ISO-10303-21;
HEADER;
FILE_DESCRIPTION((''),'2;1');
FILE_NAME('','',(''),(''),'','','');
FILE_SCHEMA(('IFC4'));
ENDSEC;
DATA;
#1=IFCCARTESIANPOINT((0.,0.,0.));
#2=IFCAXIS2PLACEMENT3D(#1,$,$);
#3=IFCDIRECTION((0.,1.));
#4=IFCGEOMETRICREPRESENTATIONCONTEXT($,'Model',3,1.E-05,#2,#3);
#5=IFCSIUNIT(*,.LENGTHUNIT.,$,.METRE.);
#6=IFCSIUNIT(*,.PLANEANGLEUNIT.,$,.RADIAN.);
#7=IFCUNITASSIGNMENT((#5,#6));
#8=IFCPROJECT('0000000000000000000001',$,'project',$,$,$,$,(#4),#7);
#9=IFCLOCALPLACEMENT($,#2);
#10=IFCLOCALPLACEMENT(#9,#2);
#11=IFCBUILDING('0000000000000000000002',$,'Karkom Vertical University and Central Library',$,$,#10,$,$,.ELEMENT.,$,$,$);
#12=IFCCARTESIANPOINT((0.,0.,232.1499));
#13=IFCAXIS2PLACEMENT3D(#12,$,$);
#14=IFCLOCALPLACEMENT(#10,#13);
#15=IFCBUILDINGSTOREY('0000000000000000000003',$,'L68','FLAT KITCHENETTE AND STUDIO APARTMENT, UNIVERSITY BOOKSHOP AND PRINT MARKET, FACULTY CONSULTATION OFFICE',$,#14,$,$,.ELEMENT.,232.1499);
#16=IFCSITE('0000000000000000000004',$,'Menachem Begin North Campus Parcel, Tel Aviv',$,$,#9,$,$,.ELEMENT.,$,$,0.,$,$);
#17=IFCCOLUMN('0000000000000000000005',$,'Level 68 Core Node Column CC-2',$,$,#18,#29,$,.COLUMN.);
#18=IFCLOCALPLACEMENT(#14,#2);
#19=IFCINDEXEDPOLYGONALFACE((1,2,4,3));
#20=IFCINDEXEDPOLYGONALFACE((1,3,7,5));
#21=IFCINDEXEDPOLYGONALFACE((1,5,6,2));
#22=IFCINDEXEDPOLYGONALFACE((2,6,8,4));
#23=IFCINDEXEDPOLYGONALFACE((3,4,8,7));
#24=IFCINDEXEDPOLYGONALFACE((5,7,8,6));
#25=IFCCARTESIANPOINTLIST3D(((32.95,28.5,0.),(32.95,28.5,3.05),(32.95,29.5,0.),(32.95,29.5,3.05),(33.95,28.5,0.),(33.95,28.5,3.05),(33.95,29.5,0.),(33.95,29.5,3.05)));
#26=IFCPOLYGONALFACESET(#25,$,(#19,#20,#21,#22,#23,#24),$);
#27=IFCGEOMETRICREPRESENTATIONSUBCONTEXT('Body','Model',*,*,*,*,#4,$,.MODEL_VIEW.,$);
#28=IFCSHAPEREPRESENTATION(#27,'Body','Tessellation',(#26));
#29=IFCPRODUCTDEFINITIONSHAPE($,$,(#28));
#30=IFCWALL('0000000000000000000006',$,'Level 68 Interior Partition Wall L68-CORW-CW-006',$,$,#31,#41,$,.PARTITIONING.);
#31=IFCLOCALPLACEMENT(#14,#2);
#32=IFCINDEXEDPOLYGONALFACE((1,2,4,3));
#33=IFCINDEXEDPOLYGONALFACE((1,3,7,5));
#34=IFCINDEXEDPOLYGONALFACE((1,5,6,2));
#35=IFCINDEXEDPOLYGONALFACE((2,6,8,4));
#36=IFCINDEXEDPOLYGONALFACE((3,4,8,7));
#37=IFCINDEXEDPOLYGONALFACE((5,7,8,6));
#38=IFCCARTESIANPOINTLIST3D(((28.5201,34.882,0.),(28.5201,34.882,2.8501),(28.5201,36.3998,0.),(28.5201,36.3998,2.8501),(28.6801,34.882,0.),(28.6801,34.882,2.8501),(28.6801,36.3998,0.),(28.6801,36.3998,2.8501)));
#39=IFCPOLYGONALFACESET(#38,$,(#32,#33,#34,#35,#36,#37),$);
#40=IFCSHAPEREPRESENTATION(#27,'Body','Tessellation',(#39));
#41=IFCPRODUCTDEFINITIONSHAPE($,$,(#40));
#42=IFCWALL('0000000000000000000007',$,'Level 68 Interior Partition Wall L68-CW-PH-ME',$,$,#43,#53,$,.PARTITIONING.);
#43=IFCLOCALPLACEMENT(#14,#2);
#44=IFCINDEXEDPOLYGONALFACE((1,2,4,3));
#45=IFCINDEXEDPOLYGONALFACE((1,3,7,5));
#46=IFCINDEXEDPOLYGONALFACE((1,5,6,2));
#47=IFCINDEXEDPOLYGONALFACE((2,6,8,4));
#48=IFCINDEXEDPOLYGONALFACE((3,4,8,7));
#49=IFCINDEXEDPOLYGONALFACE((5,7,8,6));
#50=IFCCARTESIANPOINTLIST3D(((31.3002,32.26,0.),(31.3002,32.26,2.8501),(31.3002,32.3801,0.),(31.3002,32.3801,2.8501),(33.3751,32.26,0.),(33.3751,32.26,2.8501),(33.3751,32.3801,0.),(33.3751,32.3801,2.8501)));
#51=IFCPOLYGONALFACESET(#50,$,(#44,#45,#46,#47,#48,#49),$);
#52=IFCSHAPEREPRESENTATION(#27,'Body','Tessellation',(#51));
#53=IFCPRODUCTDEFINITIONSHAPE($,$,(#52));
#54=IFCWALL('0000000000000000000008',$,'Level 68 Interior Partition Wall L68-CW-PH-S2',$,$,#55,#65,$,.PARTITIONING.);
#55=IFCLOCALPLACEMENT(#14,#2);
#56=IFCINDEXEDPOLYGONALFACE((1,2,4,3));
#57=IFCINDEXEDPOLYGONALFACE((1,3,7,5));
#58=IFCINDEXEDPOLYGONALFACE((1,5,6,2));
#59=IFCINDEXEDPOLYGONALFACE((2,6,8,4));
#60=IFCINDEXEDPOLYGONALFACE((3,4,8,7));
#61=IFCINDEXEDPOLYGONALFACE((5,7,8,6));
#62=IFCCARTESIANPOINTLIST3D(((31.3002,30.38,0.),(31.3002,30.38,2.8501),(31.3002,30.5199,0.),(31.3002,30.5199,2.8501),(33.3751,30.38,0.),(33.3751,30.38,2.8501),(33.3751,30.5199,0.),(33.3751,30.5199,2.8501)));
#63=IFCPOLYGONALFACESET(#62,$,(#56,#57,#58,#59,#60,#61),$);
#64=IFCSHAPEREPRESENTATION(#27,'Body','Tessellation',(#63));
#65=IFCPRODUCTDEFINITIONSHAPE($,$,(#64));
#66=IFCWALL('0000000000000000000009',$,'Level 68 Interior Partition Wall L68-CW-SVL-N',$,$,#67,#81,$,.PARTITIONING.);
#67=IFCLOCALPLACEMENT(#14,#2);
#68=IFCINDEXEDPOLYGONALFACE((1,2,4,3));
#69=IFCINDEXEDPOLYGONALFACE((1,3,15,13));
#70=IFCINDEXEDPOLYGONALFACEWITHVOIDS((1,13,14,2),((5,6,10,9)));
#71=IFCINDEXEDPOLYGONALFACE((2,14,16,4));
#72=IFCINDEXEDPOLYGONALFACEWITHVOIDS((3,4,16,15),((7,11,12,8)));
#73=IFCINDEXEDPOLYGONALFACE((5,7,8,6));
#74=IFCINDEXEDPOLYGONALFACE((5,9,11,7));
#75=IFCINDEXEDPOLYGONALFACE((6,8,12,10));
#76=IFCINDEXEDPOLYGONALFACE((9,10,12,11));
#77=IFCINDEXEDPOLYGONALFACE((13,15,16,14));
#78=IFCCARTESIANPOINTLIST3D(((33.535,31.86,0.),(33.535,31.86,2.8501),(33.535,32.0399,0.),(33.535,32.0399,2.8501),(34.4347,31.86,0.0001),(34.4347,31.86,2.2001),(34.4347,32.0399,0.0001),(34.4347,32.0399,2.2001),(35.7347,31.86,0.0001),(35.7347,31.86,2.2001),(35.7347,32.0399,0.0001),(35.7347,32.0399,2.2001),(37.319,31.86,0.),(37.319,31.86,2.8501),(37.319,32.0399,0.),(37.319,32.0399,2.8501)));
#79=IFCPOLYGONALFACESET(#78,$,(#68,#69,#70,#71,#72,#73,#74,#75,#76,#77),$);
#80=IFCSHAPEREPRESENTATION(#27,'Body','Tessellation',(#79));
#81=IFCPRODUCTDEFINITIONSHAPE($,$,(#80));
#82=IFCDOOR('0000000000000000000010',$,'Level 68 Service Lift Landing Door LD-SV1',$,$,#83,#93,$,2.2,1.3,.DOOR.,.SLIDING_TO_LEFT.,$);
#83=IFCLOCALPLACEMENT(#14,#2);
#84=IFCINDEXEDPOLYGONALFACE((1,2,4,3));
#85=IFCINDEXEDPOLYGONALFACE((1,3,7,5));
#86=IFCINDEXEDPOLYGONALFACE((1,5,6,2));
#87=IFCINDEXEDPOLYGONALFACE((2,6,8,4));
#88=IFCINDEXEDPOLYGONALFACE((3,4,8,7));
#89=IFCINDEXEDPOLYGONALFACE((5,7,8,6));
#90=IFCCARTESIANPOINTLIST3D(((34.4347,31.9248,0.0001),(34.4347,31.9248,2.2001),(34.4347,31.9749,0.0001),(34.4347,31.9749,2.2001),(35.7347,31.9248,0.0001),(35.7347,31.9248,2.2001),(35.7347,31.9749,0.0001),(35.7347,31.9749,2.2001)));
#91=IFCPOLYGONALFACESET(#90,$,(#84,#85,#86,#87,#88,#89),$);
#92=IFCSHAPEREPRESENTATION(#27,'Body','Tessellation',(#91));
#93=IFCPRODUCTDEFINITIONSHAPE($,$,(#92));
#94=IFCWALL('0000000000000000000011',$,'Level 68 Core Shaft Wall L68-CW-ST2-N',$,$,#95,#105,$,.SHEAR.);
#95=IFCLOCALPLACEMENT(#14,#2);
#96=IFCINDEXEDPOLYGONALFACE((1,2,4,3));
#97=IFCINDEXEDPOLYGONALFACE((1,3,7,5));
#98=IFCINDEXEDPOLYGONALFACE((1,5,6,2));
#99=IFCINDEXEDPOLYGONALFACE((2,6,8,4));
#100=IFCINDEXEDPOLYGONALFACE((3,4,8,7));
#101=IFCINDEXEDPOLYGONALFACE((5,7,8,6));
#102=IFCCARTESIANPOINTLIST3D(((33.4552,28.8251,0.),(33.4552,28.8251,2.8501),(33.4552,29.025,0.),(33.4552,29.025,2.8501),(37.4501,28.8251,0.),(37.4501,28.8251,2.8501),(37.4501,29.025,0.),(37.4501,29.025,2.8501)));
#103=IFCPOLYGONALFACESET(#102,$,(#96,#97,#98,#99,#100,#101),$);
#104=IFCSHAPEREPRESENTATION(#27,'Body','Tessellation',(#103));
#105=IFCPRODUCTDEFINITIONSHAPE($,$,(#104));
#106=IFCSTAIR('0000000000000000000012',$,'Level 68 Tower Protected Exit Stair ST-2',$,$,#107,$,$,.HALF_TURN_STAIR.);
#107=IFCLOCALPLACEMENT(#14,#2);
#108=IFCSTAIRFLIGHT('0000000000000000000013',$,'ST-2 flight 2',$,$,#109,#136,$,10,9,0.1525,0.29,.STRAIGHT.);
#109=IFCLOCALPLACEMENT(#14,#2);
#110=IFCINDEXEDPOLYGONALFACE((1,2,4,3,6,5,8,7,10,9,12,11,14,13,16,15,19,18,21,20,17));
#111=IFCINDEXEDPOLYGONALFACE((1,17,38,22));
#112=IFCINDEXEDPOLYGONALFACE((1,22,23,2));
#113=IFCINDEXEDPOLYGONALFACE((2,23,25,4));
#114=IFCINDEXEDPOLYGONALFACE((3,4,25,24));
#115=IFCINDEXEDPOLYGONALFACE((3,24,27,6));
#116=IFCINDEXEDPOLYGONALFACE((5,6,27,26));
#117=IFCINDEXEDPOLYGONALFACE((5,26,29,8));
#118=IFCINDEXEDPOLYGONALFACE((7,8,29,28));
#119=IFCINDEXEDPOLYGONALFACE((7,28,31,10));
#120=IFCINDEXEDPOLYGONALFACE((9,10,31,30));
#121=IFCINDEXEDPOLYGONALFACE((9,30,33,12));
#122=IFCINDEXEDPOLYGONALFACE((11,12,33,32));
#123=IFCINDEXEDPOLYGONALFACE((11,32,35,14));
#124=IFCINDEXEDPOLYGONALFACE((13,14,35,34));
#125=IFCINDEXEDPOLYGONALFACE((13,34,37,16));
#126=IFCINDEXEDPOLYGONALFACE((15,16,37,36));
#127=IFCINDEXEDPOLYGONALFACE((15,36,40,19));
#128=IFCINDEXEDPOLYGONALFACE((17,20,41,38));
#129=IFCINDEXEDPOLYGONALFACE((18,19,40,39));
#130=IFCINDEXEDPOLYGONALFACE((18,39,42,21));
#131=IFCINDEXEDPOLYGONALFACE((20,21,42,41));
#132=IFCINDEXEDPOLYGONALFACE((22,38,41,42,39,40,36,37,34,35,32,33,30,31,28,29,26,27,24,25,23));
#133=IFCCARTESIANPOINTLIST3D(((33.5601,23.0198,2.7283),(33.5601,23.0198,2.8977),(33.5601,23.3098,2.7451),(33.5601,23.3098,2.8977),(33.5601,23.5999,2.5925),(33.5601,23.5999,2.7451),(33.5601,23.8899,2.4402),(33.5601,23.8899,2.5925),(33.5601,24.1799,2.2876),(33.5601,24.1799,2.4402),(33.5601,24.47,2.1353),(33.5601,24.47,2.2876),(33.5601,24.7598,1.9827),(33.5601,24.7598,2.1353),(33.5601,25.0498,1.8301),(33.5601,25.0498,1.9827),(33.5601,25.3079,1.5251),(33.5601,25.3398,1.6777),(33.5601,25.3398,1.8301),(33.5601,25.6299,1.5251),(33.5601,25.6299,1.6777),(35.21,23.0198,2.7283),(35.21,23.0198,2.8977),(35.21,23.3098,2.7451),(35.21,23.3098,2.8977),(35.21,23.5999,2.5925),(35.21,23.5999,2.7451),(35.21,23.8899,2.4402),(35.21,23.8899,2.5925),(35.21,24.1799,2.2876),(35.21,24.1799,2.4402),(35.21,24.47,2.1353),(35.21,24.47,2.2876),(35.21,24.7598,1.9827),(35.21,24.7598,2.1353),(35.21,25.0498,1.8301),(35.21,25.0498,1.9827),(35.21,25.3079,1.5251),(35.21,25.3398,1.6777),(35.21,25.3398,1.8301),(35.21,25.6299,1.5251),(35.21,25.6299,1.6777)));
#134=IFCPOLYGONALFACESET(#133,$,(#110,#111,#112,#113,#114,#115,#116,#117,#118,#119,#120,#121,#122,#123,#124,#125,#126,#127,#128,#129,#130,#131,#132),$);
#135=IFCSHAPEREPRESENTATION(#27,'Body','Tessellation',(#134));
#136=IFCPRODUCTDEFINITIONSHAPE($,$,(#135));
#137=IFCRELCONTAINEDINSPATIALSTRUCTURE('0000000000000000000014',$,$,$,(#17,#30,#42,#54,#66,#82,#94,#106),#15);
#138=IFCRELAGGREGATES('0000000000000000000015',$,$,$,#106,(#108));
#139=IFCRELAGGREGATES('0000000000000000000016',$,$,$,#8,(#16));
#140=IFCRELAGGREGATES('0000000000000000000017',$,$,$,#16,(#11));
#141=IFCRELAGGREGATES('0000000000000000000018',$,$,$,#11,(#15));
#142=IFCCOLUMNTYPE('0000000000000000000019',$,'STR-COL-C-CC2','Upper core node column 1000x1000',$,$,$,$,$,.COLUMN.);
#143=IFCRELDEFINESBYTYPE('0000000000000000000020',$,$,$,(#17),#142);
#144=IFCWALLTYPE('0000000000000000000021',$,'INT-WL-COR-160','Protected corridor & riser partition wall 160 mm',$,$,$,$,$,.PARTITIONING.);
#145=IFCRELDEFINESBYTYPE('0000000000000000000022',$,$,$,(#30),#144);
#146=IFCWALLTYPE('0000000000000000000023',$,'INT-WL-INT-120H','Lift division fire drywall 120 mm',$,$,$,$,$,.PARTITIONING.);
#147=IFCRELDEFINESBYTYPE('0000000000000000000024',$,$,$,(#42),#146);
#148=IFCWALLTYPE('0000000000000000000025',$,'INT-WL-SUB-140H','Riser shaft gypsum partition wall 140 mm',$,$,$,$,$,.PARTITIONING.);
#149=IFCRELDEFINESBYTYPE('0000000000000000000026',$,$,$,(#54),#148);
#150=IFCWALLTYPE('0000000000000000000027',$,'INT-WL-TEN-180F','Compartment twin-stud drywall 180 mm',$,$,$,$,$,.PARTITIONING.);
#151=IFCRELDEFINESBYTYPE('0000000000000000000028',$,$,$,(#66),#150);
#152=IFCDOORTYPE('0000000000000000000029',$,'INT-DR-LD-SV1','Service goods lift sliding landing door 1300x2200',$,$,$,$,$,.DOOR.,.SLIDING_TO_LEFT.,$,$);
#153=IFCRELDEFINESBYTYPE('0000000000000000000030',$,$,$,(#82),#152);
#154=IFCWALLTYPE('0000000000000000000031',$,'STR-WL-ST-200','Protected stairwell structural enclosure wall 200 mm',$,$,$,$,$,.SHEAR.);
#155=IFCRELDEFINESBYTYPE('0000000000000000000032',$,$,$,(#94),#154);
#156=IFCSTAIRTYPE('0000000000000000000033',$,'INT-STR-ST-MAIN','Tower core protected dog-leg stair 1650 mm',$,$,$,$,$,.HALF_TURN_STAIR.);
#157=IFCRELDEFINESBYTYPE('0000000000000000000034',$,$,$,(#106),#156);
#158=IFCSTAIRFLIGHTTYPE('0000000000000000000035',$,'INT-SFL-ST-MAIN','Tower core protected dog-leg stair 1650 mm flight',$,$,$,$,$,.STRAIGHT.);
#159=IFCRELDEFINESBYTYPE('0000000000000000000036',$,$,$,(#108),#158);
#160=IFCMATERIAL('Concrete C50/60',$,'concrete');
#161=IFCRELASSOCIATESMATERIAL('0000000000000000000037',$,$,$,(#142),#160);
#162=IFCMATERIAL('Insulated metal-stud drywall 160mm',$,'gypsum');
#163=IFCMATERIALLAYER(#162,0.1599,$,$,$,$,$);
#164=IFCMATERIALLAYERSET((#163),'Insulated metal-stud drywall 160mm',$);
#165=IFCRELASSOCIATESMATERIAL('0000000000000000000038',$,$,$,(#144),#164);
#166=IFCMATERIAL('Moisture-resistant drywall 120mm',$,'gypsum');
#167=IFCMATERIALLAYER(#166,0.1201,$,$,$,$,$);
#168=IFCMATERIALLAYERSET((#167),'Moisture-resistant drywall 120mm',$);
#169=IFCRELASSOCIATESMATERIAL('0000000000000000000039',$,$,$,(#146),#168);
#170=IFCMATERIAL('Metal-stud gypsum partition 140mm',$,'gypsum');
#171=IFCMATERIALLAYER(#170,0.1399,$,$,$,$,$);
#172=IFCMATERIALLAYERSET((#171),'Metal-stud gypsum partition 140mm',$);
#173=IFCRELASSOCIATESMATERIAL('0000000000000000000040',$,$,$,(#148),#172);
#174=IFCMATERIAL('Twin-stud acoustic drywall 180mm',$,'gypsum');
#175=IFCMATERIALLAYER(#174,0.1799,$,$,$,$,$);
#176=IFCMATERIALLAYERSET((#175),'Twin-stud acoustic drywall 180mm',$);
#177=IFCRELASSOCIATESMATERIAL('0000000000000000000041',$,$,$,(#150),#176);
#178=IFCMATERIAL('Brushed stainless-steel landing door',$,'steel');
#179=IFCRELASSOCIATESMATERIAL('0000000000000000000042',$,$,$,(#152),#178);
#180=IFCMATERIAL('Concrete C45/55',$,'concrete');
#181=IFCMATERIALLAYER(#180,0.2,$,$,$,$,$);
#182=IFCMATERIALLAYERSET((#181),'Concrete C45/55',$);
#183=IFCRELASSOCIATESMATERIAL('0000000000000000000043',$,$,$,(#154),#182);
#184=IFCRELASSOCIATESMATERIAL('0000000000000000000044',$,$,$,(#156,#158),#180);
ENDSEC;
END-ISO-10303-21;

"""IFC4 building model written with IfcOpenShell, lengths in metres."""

from ifc_helpers import new_model, si_unit, direction, frame, frame_2d, origin, origin_with_axes, origin_2d, place, context, subcontext, project, spatial, polyline, rectangle, outline, extrude, source, transform, mapped, material, layer, layer_set, material_profile, profile_set, type_object, element, fill, aggregate, save


model = new_model("IFC4")

# Units and contexts
model_context = context("Model", 3, precision=1e-05, world=origin(), true_north=direction((0.0, 1.0)))
body_context = subcontext(model_context, "Body", "Model", "MODEL_VIEW")
ifc_project = project(units=[si_unit("LENGTHUNIT", "METRE"), si_unit("PLANEANGLEUNIT", "RADIAN")], contexts=[model_context])

# Site, building, storey
site_placement = place(None, origin())
site = spatial("IfcSite", under=ifc_project, at=site_placement, Name="Menachem Begin North Campus Parcel, Tel Aviv", CompositionType="ELEMENT", RefElevation=0.0)
building_placement = place(site_placement, origin())
building = spatial("IfcBuilding", under=site, at=building_placement, Name="Karkom Vertical University and Central Library", CompositionType="ELEMENT")
storey_placement = place(building_placement, frame((0.0, 0.0, 232.1499)))
storey = spatial("IfcBuildingStorey", under=building, at=storey_placement, Name="L68", Description="FLAT KITCHENETTE AND STUDIO APARTMENT, UNIVERSITY BOOKSHOP AND PRINT MARKET, FACULTY CONSULTATION OFFICE", CompositionType="ELEMENT", Elevation=232.1499)

# Column
ifc_material_1 = material(Name="Concrete C50/60", Category="concrete")
ifc_material_profile = material_profile(ifc_material_1, rectangle(XDim=1.0, YDim=1.0, at=origin_2d()), Name="RC-1000x1000")
ifc_profile_set = profile_set([ifc_material_profile], Name="Concrete C50/60")
column_type = type_object("IfcColumnType", Name="STR-COL-C-CC2", Description="Upper core node column 1000x1000", PredefinedType="COLUMN", material=ifc_profile_set)
shared_shape_1 = source(origin_with_axes(), body_context, "Body", "SweptSolid", [
    extrude(rectangle(XDim=1.0, YDim=1.0, at=origin_2d()), origin(), (0.0, 0.0, 1.0), 3.05),
])
column_placement = place(storey_placement, frame((33.45, 29.0, 0.0), z_axis=(0.0, 0.0, 1.0), x_axis=(1.0, 0.0, 0.0)))
element("IfcColumn", 1, at=column_placement, inside=storey, type_object=column_type, Name="Level 68 Core Node Column CC-2", PredefinedType="COLUMN", context=body_context, shape_type="MappedRepresentation", body=[
    mapped(shared_shape_1, transform((0.0, 0.0, 0.0), scale=1.0)),
])

# Walls
ifc_material_2 = material(Name="Insulated metal-stud drywall 160mm", Category="gypsum")
ifc_layer_1 = layer(ifc_material_2, 0.1599)
ifc_layer_set_1 = layer_set([ifc_layer_1], Name="Insulated metal-stud drywall 160mm")
wall_type_1 = type_object("IfcWallType", Name="INT-WL-COR-160", Description="Protected corridor & riser partition wall 160 mm", PredefinedType="PARTITIONING", material=ifc_layer_set_1)
wall_1_placement = place(storey_placement, frame((28.6001, 34.8821, 0.0), z_axis=(0.0, 0.0, 1.0), x_axis=(0.0, 1.0, 0.0)))
element("IfcWall", 2, at=wall_1_placement, inside=storey, type_object=wall_type_1, Name="Level 68 Interior Partition Wall L68-CORW-CW-006", PredefinedType="PARTITIONING", context=body_context, shape_type="SweptSolid", body=[
    extrude(rectangle(XDim=1.5178, YDim=0.1599, at=frame_2d((0.7588, 0.0))), origin(), (0.0, 0.0, 1.0), 2.8501),
])
ifc_material_3 = material(Name="Moisture-resistant drywall 120mm", Category="gypsum")
ifc_layer_2 = layer(ifc_material_3, 0.1201)
ifc_layer_set_2 = layer_set([ifc_layer_2], Name="Moisture-resistant drywall 120mm")
wall_type_2 = type_object("IfcWallType", Name="INT-WL-INT-120H", Description="Lift division fire drywall 120 mm", PredefinedType="PARTITIONING", material=ifc_layer_set_2)
wall_2_placement = place(storey_placement, frame((31.3, 32.3201, 0.0), z_axis=(0.0, 0.0, 1.0), x_axis=(1.0, 0.0, 0.0)))
element("IfcWall", 3, at=wall_2_placement, inside=storey, type_object=wall_type_2, Name="Level 68 Interior Partition Wall L68-CW-PH-ME", PredefinedType="PARTITIONING", context=body_context, shape_type="SweptSolid", body=[
    extrude(rectangle(XDim=2.075, YDim=0.1201, at=frame_2d((1.0376, 0.0))), origin(), (0.0, 0.0, 1.0), 2.8501),
])

# Shared definitions
ifc_material_4 = material(Name="Metal-stud gypsum partition 140mm", Category="gypsum")
ifc_layer_3 = layer(ifc_material_4, 0.1399)
ifc_layer_set_3 = layer_set([ifc_layer_3], Name="Metal-stud gypsum partition 140mm")
wall_type_3 = type_object("IfcWallType", Name="INT-WL-SUB-140H", Description="Riser shaft gypsum partition wall 140 mm", PredefinedType="PARTITIONING", material=ifc_layer_set_3)
ifc_material_5 = material(Name="Brushed stainless-steel landing door", Category="steel")

# Wall
wall_3_placement = place(storey_placement, frame((31.3, 30.45, 0.0), z_axis=(0.0, 0.0, 1.0), x_axis=(1.0, 0.0, 0.0)))
element("IfcWall", 4, at=wall_3_placement, inside=storey, type_object=wall_type_3, Name="Level 68 Interior Partition Wall L68-CW-PH-S2", PredefinedType="PARTITIONING", context=body_context, shape_type="SweptSolid", body=[
    extrude(rectangle(XDim=2.075, YDim=0.1399, at=frame_2d((1.0376, 0.0))), origin(), (0.0, 0.0, 1.0), 2.8501),
])

# Wall, opening, door
ifc_material_6 = material(Name="Twin-stud acoustic drywall 180mm", Category="gypsum")
ifc_layer_4 = layer(ifc_material_6, 0.1799)
ifc_layer_set_4 = layer_set([ifc_layer_4], Name="Twin-stud acoustic drywall 180mm")
wall_type_4 = type_object("IfcWallType", Name="INT-WL-TEN-180F", Description="Compartment twin-stud drywall 180 mm", PredefinedType="PARTITIONING", material=ifc_layer_set_4)
wall_4_placement = place(storey_placement, frame((33.5349, 31.95, 0.0), z_axis=(0.0, 0.0, 1.0), x_axis=(1.0, 0.0, 0.0)))
wall_4 = element("IfcWall", 5, at=wall_4_placement, inside=storey, type_object=wall_type_4, Name="Level 68 Interior Partition Wall L68-CW-SVL-N", PredefinedType="PARTITIONING", context=body_context, shape_type="SweptSolid", body=[
    extrude(rectangle(XDim=3.7839, YDim=0.1799, at=frame_2d((1.8921, 0.0))), origin(), (0.0, 0.0, 1.0), 2.8501),
])
opening_1_placement = place(wall_4_placement, frame((0.8999, 0.0, 0.0)))
opening_1 = element("IfcOpeningElement", 6, at=opening_1_placement, cuts=wall_4, PredefinedType="OPENING", context=body_context, shape_type="SweptSolid", body=[
    extrude(rectangle(XDim=1.3, YDim=2.2, at=frame_2d((0.6499, 1.1001))), frame((0.0, 0.1001, 0.0), z_axis=(0.0, -1.0, 0.0), x_axis=(1.0, 0.0, 0.0)), (0.0, 0.0, 1.0), 0.2),
])
door_type_1 = type_object("IfcDoorType", Name="INT-DR-LD-SV1", Description="Service goods lift sliding landing door 1300x2200", OperationType="SLIDING_TO_LEFT", PredefinedType="DOOR", material=ifc_material_5)
shared_shape_2 = source(origin_with_axes(), body_context, "Body", "SweptSolid", [
    extrude(rectangle(XDim=1.3, YDim=2.2, at=frame_2d((0.6499, 1.1001))), frame((0.0, 0.0249, 0.0), z_axis=(0.0, -1.0, 0.0), x_axis=(1.0, 0.0, 0.0)), (0.0, 0.0, 1.0), 0.05),
])
door_1_placement = place(opening_1_placement, origin())
door_1 = element("IfcDoor", 7, at=door_1_placement, inside=storey, type_object=door_type_1, Name="Level 68 Service Lift Landing Door LD-SV1", OperationType="SLIDING_TO_LEFT", OverallHeight=2.2, OverallWidth=1.3, PredefinedType="DOOR", context=body_context, shape_type="MappedRepresentation", body=[
    mapped(shared_shape_2, transform((0.0, 0.0, 0.0), scale=1.0)),
])
fill(opening_1, door_1)

# Wall
ifc_material_7 = material(Name="Concrete C45/55", Category="concrete")
ifc_layer_5 = layer(ifc_material_7, 0.2)
ifc_layer_set_5 = layer_set([ifc_layer_5], Name="Concrete C45/55")
wall_type_5 = type_object("IfcWallType", Name="STR-WL-ST-200", Description="Protected stairwell structural enclosure wall 200 mm", PredefinedType="SHEAR", material=ifc_layer_set_5)
wall_5_placement = place(storey_placement, frame((33.4551, 28.925, 0.0), z_axis=(0.0, 0.0, 1.0), x_axis=(1.0, 0.0, 0.0)))
element("IfcWall", 8, at=wall_5_placement, inside=storey, type_object=wall_type_5, Name="Level 68 Core Shaft Wall L68-CW-ST2-N", PredefinedType="SHEAR", context=body_context, shape_type="SweptSolid", body=[
    extrude(rectangle(XDim=3.9949, YDim=0.2, at=frame_2d((1.9976, 0.0))), origin(), (0.0, 0.0, 1.0), 2.8501),
])

# Stair, stair flight
stair_type = type_object("IfcStairType", Name="INT-STR-ST-MAIN", Description="Tower core protected dog-leg stair 1650 mm", PredefinedType="HALF_TURN_STAIR", material=ifc_material_7)
stair_placement = place(storey_placement, origin())
stair = element("IfcStair", 9, at=stair_placement, inside=storey, type_object=stair_type, Name="Level 68 Tower Protected Exit Stair ST-2", PredefinedType="HALF_TURN_STAIR")
stair_flight_type = type_object("IfcStairFlightType", Name="INT-SFL-ST-MAIN", Description="Tower core protected dog-leg stair 1650 mm flight", PredefinedType="STRAIGHT", material=ifc_material_7)
stair_flight_placement = place(storey_placement, frame((34.385, 25.6299, 1.5251), z_axis=(0.0, 0.0, 1.0), x_axis=(0.0, -1.0, 0.0)))
stair_flight = element("IfcStairFlight", 10, at=stair_flight_placement, type_object=stair_flight_type, Name="ST-2 flight 2", NumberOfRisers=10, NumberOfTreads=9, PredefinedType="STRAIGHT", RiserHeight=0.1525, TreadLength=0.29, context=body_context, shape_type="SweptSolid", body=[
    extrude(outline(polyline([(0.0, 0.0), (0.0, 0.1526), (0.29, 0.1526), (0.29, 0.3049), (0.5801, 0.3049), (0.5801, 0.4575), (0.8701, 0.4575), (0.8701, 0.6101), (1.1599, 0.6101), (1.1599, 0.7625), (1.45, 0.7625), (1.45, 0.915), (1.74, 0.915), (1.74, 1.0674), (2.03, 1.0674), (2.03, 1.22), (2.3201, 1.22), (2.3201, 1.3726), (2.6101, 1.3726), (2.6101, 1.5249), (2.6101, 1.2031), (0.322, 0.0), (0.0, 0.0)])), frame((0.0, 0.825, 0.0), z_axis=(0.0, -1.0, 0.0), x_axis=(1.0, 0.0, 0.0)), (0.0, 0.0, 1.0), 1.6499),
])
aggregate(stair, [stair_flight])

save(model, "model.ifc")
